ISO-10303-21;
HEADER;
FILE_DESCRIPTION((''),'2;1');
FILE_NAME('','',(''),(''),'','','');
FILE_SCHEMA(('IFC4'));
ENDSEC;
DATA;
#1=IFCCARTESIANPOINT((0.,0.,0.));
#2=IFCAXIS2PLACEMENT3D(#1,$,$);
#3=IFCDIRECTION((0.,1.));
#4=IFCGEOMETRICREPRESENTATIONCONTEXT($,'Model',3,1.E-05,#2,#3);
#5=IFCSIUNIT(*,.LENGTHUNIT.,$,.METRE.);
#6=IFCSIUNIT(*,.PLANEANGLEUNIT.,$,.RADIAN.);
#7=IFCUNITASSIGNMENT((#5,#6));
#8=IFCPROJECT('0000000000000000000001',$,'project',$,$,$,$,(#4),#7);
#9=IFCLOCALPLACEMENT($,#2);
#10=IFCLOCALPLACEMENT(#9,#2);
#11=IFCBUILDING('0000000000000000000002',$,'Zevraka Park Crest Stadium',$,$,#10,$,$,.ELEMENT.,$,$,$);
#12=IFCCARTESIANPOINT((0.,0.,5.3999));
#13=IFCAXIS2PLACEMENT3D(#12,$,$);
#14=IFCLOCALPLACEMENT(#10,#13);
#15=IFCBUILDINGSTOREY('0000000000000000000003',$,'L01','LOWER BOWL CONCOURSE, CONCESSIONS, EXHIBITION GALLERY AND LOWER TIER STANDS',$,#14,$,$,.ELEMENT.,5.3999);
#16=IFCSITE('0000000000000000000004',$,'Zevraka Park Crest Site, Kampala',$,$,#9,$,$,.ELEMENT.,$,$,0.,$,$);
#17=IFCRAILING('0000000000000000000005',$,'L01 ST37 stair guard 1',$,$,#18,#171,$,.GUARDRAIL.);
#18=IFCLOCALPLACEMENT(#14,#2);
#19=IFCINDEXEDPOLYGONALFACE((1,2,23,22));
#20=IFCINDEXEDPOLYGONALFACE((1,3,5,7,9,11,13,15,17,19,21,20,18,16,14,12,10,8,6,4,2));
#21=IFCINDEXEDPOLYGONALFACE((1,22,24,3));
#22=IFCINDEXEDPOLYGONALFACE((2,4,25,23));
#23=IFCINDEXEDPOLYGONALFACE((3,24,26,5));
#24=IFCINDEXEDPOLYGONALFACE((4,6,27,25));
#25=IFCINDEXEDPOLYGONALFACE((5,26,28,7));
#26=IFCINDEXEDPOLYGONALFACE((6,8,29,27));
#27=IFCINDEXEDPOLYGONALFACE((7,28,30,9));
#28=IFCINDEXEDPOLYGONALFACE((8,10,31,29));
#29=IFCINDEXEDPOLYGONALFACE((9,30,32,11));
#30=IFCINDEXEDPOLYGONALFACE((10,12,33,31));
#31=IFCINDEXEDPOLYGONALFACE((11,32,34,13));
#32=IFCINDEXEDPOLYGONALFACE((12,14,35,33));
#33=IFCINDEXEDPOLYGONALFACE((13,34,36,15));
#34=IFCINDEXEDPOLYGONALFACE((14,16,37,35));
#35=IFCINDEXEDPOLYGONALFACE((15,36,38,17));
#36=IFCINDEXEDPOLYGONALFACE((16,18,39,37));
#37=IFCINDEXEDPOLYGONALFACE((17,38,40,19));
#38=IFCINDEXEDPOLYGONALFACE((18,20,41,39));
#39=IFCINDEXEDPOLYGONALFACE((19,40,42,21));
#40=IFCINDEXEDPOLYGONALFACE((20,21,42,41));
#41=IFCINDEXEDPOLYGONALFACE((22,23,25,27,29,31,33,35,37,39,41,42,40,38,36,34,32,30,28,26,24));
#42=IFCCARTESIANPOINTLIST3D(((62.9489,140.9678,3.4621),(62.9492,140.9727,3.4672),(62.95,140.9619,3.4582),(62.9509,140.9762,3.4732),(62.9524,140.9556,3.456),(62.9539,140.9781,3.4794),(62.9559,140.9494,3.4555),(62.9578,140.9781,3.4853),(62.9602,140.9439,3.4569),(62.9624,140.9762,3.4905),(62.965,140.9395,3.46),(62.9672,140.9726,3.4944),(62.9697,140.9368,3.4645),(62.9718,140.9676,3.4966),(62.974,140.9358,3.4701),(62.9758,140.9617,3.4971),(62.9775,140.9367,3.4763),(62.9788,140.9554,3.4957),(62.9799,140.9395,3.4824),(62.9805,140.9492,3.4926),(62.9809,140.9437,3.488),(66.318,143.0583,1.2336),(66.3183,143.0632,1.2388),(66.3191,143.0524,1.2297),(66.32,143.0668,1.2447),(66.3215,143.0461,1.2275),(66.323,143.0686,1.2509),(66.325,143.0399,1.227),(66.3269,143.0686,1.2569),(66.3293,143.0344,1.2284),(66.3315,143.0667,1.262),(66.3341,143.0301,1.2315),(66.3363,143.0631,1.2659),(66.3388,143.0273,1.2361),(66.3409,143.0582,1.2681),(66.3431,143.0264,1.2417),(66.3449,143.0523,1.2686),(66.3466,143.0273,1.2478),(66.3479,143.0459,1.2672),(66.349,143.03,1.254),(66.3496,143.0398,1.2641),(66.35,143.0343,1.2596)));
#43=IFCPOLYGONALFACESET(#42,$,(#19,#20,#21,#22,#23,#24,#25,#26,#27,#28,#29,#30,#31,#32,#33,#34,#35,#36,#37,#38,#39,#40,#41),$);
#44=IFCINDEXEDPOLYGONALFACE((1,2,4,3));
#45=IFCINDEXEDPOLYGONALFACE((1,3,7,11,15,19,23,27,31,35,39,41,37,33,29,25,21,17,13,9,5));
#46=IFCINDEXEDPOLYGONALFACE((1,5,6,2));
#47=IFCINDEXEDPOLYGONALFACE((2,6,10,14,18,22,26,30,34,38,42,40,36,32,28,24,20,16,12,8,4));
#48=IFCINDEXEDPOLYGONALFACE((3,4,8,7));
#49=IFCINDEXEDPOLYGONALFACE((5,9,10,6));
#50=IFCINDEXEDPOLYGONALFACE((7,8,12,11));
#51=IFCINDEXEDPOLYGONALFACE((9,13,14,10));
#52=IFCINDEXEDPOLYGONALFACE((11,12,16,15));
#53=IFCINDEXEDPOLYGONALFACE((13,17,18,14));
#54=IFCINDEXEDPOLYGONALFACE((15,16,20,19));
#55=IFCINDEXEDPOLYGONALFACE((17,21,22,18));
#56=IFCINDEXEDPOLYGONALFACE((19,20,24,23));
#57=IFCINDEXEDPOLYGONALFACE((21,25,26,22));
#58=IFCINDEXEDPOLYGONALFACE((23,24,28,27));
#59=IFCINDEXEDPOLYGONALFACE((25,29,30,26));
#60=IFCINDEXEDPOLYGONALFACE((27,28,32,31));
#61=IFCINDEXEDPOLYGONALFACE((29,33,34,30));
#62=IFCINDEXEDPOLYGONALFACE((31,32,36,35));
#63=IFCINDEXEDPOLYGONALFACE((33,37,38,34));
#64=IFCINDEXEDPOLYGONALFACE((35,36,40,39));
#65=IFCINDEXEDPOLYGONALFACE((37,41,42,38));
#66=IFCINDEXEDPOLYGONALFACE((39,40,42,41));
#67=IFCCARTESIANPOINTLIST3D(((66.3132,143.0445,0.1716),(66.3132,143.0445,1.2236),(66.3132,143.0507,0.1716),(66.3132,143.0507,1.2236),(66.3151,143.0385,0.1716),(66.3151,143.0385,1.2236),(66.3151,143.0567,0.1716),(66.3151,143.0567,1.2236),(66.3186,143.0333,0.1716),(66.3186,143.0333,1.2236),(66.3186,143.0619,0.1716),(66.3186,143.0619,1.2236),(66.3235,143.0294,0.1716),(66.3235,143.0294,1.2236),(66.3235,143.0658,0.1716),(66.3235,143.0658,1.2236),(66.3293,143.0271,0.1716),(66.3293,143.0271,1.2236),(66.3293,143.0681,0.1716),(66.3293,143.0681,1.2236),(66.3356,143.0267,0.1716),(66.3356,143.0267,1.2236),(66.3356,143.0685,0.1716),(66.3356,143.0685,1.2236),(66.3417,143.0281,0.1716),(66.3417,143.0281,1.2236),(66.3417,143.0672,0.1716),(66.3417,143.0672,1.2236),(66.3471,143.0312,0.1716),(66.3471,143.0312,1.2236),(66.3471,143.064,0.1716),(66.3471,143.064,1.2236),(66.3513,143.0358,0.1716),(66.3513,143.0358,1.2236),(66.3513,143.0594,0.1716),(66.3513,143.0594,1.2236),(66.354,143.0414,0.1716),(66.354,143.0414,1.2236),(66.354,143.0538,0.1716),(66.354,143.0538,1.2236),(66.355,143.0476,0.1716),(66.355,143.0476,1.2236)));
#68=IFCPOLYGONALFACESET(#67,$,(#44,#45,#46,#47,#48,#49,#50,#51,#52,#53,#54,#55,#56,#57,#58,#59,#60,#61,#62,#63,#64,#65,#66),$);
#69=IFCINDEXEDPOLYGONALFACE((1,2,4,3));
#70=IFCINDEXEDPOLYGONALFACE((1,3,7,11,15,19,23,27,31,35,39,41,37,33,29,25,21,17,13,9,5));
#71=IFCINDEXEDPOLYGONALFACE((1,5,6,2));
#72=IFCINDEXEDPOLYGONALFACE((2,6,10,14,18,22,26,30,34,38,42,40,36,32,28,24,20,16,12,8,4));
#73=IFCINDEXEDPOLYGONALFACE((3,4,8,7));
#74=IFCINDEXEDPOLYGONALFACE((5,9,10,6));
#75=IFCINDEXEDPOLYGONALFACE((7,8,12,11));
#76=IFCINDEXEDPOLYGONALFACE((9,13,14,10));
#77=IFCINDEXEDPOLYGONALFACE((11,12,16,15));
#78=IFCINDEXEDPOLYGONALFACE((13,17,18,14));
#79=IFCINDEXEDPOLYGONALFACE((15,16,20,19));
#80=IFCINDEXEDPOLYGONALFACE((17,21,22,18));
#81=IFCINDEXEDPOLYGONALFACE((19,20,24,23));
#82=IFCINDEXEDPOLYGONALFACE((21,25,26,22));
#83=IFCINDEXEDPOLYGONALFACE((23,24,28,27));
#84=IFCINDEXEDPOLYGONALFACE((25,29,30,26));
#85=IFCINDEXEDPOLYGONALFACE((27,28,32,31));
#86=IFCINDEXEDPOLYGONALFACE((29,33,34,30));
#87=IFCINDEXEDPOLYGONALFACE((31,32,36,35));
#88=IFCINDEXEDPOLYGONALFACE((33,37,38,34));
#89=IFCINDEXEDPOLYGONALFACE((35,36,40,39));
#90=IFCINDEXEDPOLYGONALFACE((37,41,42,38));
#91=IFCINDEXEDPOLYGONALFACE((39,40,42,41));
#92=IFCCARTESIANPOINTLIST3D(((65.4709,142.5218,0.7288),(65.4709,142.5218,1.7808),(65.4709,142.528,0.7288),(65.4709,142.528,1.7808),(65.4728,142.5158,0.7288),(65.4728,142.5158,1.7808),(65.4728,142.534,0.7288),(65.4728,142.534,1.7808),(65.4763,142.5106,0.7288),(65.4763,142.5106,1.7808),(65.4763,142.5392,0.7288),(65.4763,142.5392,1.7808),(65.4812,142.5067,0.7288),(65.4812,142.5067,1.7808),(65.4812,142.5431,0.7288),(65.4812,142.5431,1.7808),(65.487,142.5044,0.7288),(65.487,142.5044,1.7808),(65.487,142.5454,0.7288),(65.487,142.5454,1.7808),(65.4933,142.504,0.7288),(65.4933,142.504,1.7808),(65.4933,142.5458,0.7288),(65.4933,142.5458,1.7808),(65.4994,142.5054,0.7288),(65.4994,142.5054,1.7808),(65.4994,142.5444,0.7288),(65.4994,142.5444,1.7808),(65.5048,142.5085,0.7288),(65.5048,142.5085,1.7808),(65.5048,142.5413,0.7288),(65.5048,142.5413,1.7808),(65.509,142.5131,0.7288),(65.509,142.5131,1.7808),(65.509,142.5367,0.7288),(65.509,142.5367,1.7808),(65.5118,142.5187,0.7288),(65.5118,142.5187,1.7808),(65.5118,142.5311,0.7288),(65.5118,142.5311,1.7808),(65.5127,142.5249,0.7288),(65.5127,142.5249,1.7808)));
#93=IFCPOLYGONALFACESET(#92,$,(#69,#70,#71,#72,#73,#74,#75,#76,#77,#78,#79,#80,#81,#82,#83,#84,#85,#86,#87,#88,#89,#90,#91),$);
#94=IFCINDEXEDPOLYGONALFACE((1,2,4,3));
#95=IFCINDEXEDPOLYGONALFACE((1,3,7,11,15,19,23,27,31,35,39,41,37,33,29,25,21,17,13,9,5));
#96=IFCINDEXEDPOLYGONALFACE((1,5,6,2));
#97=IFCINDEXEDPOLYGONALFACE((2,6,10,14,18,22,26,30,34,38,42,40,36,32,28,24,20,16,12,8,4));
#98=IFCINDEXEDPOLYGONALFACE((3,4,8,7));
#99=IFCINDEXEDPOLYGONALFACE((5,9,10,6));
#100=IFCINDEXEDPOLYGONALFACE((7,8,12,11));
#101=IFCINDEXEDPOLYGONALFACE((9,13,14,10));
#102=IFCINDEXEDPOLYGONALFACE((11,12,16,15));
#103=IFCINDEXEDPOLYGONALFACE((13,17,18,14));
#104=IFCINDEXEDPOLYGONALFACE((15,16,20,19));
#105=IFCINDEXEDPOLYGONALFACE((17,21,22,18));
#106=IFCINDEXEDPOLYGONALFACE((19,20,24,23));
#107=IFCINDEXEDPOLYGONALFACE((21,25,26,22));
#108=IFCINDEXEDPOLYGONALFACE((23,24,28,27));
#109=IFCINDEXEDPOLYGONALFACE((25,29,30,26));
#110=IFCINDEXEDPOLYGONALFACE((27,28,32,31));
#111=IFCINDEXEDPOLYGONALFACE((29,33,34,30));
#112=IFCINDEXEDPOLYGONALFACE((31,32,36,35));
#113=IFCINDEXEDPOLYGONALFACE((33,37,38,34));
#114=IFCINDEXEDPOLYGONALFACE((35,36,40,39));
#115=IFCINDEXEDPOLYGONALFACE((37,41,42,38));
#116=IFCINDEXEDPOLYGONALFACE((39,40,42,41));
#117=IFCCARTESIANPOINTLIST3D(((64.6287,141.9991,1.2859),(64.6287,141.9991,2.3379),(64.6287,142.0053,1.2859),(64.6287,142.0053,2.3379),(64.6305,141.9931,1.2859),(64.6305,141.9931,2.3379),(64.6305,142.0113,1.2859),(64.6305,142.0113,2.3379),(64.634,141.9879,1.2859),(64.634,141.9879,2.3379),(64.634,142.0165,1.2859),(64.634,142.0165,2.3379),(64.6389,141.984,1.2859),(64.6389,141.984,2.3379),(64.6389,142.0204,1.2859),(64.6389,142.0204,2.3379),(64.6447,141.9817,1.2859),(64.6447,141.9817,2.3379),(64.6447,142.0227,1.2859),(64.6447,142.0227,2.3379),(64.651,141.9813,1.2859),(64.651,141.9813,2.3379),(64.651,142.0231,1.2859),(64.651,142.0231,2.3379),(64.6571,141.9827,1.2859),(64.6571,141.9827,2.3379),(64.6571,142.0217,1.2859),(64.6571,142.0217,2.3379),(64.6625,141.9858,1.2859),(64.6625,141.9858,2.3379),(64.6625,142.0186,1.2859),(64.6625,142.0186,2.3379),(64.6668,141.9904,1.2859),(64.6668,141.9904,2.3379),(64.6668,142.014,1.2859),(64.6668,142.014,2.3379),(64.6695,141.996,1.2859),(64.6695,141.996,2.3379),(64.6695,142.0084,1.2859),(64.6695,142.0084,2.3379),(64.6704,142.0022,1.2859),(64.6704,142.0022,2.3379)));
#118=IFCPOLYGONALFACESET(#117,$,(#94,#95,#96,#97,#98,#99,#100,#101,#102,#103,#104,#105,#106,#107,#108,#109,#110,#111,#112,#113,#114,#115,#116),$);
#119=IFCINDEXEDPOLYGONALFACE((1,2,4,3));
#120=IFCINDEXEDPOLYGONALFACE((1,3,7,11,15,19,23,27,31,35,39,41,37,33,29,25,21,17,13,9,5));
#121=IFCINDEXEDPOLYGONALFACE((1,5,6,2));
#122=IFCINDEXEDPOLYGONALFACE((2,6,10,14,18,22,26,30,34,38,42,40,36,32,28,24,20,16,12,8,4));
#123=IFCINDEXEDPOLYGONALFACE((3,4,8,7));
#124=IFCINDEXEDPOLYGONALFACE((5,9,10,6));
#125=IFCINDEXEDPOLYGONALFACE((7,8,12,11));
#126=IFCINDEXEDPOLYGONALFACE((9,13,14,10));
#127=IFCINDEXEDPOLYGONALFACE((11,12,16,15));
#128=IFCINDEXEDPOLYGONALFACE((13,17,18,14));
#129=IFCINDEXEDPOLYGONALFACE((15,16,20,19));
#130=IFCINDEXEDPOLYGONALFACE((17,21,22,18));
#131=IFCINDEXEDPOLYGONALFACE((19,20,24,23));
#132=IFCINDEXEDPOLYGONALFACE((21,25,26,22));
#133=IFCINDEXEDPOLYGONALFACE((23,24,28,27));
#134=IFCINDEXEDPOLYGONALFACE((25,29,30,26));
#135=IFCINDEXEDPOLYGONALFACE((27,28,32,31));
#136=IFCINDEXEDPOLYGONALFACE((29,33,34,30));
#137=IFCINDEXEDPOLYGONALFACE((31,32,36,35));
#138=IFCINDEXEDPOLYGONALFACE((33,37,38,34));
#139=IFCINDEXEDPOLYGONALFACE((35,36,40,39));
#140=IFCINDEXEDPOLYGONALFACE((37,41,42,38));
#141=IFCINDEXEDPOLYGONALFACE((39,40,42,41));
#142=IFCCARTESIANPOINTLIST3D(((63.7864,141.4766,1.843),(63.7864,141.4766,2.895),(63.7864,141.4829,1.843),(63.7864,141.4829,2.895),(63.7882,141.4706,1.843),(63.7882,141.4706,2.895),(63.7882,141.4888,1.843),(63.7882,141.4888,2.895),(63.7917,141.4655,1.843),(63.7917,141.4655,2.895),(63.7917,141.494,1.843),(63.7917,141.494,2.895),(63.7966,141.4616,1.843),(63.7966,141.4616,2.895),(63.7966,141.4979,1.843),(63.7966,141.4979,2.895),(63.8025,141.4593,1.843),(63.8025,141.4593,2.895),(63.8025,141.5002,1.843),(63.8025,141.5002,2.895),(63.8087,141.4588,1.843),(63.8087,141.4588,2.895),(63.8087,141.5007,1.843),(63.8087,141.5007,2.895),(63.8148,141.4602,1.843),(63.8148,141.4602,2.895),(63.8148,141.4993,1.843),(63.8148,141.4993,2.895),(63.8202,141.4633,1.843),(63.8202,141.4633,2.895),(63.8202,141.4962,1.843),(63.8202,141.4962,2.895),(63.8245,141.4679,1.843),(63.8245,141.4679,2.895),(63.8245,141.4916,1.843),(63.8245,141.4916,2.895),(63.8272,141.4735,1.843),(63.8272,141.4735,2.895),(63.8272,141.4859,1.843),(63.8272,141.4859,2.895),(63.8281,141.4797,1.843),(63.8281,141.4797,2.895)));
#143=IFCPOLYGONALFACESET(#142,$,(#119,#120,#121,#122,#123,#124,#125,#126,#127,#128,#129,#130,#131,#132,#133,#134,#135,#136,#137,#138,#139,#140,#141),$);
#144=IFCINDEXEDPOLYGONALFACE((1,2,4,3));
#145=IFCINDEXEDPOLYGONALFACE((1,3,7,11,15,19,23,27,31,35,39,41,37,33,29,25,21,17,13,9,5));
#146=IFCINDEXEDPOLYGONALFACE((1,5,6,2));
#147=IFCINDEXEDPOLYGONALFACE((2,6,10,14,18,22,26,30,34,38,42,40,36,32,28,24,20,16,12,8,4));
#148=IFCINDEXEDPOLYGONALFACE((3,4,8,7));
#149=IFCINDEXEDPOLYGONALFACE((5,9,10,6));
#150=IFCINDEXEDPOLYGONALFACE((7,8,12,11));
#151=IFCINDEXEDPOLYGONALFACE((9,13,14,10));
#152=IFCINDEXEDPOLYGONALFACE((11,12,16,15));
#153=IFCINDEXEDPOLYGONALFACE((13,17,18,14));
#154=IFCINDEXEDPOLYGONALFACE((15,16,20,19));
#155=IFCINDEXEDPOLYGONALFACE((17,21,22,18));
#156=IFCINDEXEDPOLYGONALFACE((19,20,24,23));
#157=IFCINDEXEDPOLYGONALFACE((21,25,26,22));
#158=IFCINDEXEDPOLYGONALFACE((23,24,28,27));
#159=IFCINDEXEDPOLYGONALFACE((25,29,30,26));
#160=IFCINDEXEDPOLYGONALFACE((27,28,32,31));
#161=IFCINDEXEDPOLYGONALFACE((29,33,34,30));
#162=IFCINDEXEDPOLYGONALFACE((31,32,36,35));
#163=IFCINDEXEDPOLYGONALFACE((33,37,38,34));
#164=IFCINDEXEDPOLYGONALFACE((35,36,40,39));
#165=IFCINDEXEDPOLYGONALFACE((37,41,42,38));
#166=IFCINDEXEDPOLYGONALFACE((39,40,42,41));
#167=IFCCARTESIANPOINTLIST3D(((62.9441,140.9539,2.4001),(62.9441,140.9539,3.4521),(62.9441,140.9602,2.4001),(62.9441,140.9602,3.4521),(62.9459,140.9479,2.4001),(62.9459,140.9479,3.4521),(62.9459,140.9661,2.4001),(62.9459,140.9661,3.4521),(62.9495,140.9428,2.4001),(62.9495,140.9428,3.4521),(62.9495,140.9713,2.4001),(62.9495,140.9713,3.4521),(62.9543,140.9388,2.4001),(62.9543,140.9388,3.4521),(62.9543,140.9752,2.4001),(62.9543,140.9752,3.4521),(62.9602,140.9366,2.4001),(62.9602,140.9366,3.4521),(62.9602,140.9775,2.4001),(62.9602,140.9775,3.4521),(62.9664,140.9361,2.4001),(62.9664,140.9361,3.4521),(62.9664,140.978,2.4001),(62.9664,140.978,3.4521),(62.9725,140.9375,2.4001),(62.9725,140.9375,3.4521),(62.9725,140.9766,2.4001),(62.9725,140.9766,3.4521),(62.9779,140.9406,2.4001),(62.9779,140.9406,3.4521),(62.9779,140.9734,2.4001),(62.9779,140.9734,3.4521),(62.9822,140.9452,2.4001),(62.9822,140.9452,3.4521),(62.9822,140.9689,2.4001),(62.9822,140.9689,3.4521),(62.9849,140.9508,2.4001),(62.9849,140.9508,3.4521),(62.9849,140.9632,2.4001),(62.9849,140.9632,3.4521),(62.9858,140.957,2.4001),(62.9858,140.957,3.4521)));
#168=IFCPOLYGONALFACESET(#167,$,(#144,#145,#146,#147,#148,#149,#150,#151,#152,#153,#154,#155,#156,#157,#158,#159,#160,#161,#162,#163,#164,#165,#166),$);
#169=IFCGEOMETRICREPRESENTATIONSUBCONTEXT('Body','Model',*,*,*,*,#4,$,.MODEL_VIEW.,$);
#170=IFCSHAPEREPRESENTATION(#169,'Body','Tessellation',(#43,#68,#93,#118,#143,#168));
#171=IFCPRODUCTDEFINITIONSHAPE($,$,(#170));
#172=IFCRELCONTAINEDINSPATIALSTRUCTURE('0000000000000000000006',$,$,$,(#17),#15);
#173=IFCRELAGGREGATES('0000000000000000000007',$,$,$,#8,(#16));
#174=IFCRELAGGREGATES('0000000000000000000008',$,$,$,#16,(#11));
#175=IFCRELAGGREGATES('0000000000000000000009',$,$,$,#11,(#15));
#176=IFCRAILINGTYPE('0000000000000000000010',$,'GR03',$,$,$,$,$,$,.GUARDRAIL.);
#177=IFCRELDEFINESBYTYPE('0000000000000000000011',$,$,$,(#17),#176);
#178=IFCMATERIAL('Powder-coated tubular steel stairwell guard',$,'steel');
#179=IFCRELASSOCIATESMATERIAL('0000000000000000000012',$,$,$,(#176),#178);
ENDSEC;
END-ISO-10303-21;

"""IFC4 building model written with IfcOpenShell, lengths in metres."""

from ifc_helpers import new_model, si_unit, direction, frame, origin, origin_2d, place, context, subcontext, project, spatial, circle, extrude, material, type_object, element, save


model = new_model("IFC4")

# Units and contexts
model_context = context("Model", 3, precision=1e-05, world=origin(), true_north=direction((0.0, 1.0)))
body_context = subcontext(model_context, "Body", "Model", "MODEL_VIEW")
ifc_project = project(units=[si_unit("LENGTHUNIT", "METRE"), si_unit("PLANEANGLEUNIT", "RADIAN")], contexts=[model_context])

# Site, building, storey
site_placement = place(None, origin())
site = spatial("IfcSite", under=ifc_project, at=site_placement, Name="Zevraka Park Crest Site, Kampala", CompositionType="ELEMENT", RefElevation=0.0)
building_placement = place(site_placement, origin())
building = spatial("IfcBuilding", under=site, at=building_placement, Name="Zevraka Park Crest Stadium", CompositionType="ELEMENT")
storey_placement = place(building_placement, frame((0.0, 0.0, 5.3999)))
storey = spatial("IfcBuildingStorey", under=building, at=storey_placement, Name="L01", Description="LOWER BOWL CONCOURSE, CONCESSIONS, EXHIBITION GALLERY AND LOWER TIER STANDS", CompositionType="ELEMENT", Elevation=5.3999)

# Railing
ifc_material_1 = material(Name="Powder-coated tubular steel stairwell guard", Category="steel")
railing_type_1 = type_object("IfcRailingType", Name="GR03", PredefinedType="GUARDRAIL", material=ifc_material_1)
railing_1_placement = place(storey_placement, frame((66.334, 143.0476, 0.1716)))
element("IfcRailing", 1, at=railing_1_placement, inside=storey, type_object=railing_type_1, Name="L01 ST37 stair guard 1", PredefinedType="GUARDRAIL", context=body_context, shape_type="SweptSolid", body=[
    extrude(circle(Radius=0.0239, at=origin_2d()), frame((0.0, 0.0, 1.0762), z_axis=(-0.740732, -0.459629, 0.489956), x_axis=(0.527251, -0.84971, 0.0)), (0.0, 0.0, 1.0), 4.5483),
    extrude(circle(Radius=0.021, at=origin_2d()), origin(), (0.0, 0.0, 1.0), 1.052),
    extrude(circle(Radius=0.021, at=origin_2d()), frame((-0.8423, -0.5227, 0.5571)), (0.0, 0.0, 1.0), 1.052),
    extrude(circle(Radius=0.021, at=origin_2d()), frame((-1.6846, -1.0454, 1.1143)), (0.0, 0.0, 1.0), 1.052),
    extrude(circle(Radius=0.021, at=origin_2d()), frame((-2.5269, -1.5679, 1.6714)), (0.0, 0.0, 1.0), 1.052),
    extrude(circle(Radius=0.021, at=origin_2d()), frame((-3.3691, -2.0906, 2.2285)), (0.0, 0.0, 1.0), 1.052),
])

save(model, "model.ifc")
